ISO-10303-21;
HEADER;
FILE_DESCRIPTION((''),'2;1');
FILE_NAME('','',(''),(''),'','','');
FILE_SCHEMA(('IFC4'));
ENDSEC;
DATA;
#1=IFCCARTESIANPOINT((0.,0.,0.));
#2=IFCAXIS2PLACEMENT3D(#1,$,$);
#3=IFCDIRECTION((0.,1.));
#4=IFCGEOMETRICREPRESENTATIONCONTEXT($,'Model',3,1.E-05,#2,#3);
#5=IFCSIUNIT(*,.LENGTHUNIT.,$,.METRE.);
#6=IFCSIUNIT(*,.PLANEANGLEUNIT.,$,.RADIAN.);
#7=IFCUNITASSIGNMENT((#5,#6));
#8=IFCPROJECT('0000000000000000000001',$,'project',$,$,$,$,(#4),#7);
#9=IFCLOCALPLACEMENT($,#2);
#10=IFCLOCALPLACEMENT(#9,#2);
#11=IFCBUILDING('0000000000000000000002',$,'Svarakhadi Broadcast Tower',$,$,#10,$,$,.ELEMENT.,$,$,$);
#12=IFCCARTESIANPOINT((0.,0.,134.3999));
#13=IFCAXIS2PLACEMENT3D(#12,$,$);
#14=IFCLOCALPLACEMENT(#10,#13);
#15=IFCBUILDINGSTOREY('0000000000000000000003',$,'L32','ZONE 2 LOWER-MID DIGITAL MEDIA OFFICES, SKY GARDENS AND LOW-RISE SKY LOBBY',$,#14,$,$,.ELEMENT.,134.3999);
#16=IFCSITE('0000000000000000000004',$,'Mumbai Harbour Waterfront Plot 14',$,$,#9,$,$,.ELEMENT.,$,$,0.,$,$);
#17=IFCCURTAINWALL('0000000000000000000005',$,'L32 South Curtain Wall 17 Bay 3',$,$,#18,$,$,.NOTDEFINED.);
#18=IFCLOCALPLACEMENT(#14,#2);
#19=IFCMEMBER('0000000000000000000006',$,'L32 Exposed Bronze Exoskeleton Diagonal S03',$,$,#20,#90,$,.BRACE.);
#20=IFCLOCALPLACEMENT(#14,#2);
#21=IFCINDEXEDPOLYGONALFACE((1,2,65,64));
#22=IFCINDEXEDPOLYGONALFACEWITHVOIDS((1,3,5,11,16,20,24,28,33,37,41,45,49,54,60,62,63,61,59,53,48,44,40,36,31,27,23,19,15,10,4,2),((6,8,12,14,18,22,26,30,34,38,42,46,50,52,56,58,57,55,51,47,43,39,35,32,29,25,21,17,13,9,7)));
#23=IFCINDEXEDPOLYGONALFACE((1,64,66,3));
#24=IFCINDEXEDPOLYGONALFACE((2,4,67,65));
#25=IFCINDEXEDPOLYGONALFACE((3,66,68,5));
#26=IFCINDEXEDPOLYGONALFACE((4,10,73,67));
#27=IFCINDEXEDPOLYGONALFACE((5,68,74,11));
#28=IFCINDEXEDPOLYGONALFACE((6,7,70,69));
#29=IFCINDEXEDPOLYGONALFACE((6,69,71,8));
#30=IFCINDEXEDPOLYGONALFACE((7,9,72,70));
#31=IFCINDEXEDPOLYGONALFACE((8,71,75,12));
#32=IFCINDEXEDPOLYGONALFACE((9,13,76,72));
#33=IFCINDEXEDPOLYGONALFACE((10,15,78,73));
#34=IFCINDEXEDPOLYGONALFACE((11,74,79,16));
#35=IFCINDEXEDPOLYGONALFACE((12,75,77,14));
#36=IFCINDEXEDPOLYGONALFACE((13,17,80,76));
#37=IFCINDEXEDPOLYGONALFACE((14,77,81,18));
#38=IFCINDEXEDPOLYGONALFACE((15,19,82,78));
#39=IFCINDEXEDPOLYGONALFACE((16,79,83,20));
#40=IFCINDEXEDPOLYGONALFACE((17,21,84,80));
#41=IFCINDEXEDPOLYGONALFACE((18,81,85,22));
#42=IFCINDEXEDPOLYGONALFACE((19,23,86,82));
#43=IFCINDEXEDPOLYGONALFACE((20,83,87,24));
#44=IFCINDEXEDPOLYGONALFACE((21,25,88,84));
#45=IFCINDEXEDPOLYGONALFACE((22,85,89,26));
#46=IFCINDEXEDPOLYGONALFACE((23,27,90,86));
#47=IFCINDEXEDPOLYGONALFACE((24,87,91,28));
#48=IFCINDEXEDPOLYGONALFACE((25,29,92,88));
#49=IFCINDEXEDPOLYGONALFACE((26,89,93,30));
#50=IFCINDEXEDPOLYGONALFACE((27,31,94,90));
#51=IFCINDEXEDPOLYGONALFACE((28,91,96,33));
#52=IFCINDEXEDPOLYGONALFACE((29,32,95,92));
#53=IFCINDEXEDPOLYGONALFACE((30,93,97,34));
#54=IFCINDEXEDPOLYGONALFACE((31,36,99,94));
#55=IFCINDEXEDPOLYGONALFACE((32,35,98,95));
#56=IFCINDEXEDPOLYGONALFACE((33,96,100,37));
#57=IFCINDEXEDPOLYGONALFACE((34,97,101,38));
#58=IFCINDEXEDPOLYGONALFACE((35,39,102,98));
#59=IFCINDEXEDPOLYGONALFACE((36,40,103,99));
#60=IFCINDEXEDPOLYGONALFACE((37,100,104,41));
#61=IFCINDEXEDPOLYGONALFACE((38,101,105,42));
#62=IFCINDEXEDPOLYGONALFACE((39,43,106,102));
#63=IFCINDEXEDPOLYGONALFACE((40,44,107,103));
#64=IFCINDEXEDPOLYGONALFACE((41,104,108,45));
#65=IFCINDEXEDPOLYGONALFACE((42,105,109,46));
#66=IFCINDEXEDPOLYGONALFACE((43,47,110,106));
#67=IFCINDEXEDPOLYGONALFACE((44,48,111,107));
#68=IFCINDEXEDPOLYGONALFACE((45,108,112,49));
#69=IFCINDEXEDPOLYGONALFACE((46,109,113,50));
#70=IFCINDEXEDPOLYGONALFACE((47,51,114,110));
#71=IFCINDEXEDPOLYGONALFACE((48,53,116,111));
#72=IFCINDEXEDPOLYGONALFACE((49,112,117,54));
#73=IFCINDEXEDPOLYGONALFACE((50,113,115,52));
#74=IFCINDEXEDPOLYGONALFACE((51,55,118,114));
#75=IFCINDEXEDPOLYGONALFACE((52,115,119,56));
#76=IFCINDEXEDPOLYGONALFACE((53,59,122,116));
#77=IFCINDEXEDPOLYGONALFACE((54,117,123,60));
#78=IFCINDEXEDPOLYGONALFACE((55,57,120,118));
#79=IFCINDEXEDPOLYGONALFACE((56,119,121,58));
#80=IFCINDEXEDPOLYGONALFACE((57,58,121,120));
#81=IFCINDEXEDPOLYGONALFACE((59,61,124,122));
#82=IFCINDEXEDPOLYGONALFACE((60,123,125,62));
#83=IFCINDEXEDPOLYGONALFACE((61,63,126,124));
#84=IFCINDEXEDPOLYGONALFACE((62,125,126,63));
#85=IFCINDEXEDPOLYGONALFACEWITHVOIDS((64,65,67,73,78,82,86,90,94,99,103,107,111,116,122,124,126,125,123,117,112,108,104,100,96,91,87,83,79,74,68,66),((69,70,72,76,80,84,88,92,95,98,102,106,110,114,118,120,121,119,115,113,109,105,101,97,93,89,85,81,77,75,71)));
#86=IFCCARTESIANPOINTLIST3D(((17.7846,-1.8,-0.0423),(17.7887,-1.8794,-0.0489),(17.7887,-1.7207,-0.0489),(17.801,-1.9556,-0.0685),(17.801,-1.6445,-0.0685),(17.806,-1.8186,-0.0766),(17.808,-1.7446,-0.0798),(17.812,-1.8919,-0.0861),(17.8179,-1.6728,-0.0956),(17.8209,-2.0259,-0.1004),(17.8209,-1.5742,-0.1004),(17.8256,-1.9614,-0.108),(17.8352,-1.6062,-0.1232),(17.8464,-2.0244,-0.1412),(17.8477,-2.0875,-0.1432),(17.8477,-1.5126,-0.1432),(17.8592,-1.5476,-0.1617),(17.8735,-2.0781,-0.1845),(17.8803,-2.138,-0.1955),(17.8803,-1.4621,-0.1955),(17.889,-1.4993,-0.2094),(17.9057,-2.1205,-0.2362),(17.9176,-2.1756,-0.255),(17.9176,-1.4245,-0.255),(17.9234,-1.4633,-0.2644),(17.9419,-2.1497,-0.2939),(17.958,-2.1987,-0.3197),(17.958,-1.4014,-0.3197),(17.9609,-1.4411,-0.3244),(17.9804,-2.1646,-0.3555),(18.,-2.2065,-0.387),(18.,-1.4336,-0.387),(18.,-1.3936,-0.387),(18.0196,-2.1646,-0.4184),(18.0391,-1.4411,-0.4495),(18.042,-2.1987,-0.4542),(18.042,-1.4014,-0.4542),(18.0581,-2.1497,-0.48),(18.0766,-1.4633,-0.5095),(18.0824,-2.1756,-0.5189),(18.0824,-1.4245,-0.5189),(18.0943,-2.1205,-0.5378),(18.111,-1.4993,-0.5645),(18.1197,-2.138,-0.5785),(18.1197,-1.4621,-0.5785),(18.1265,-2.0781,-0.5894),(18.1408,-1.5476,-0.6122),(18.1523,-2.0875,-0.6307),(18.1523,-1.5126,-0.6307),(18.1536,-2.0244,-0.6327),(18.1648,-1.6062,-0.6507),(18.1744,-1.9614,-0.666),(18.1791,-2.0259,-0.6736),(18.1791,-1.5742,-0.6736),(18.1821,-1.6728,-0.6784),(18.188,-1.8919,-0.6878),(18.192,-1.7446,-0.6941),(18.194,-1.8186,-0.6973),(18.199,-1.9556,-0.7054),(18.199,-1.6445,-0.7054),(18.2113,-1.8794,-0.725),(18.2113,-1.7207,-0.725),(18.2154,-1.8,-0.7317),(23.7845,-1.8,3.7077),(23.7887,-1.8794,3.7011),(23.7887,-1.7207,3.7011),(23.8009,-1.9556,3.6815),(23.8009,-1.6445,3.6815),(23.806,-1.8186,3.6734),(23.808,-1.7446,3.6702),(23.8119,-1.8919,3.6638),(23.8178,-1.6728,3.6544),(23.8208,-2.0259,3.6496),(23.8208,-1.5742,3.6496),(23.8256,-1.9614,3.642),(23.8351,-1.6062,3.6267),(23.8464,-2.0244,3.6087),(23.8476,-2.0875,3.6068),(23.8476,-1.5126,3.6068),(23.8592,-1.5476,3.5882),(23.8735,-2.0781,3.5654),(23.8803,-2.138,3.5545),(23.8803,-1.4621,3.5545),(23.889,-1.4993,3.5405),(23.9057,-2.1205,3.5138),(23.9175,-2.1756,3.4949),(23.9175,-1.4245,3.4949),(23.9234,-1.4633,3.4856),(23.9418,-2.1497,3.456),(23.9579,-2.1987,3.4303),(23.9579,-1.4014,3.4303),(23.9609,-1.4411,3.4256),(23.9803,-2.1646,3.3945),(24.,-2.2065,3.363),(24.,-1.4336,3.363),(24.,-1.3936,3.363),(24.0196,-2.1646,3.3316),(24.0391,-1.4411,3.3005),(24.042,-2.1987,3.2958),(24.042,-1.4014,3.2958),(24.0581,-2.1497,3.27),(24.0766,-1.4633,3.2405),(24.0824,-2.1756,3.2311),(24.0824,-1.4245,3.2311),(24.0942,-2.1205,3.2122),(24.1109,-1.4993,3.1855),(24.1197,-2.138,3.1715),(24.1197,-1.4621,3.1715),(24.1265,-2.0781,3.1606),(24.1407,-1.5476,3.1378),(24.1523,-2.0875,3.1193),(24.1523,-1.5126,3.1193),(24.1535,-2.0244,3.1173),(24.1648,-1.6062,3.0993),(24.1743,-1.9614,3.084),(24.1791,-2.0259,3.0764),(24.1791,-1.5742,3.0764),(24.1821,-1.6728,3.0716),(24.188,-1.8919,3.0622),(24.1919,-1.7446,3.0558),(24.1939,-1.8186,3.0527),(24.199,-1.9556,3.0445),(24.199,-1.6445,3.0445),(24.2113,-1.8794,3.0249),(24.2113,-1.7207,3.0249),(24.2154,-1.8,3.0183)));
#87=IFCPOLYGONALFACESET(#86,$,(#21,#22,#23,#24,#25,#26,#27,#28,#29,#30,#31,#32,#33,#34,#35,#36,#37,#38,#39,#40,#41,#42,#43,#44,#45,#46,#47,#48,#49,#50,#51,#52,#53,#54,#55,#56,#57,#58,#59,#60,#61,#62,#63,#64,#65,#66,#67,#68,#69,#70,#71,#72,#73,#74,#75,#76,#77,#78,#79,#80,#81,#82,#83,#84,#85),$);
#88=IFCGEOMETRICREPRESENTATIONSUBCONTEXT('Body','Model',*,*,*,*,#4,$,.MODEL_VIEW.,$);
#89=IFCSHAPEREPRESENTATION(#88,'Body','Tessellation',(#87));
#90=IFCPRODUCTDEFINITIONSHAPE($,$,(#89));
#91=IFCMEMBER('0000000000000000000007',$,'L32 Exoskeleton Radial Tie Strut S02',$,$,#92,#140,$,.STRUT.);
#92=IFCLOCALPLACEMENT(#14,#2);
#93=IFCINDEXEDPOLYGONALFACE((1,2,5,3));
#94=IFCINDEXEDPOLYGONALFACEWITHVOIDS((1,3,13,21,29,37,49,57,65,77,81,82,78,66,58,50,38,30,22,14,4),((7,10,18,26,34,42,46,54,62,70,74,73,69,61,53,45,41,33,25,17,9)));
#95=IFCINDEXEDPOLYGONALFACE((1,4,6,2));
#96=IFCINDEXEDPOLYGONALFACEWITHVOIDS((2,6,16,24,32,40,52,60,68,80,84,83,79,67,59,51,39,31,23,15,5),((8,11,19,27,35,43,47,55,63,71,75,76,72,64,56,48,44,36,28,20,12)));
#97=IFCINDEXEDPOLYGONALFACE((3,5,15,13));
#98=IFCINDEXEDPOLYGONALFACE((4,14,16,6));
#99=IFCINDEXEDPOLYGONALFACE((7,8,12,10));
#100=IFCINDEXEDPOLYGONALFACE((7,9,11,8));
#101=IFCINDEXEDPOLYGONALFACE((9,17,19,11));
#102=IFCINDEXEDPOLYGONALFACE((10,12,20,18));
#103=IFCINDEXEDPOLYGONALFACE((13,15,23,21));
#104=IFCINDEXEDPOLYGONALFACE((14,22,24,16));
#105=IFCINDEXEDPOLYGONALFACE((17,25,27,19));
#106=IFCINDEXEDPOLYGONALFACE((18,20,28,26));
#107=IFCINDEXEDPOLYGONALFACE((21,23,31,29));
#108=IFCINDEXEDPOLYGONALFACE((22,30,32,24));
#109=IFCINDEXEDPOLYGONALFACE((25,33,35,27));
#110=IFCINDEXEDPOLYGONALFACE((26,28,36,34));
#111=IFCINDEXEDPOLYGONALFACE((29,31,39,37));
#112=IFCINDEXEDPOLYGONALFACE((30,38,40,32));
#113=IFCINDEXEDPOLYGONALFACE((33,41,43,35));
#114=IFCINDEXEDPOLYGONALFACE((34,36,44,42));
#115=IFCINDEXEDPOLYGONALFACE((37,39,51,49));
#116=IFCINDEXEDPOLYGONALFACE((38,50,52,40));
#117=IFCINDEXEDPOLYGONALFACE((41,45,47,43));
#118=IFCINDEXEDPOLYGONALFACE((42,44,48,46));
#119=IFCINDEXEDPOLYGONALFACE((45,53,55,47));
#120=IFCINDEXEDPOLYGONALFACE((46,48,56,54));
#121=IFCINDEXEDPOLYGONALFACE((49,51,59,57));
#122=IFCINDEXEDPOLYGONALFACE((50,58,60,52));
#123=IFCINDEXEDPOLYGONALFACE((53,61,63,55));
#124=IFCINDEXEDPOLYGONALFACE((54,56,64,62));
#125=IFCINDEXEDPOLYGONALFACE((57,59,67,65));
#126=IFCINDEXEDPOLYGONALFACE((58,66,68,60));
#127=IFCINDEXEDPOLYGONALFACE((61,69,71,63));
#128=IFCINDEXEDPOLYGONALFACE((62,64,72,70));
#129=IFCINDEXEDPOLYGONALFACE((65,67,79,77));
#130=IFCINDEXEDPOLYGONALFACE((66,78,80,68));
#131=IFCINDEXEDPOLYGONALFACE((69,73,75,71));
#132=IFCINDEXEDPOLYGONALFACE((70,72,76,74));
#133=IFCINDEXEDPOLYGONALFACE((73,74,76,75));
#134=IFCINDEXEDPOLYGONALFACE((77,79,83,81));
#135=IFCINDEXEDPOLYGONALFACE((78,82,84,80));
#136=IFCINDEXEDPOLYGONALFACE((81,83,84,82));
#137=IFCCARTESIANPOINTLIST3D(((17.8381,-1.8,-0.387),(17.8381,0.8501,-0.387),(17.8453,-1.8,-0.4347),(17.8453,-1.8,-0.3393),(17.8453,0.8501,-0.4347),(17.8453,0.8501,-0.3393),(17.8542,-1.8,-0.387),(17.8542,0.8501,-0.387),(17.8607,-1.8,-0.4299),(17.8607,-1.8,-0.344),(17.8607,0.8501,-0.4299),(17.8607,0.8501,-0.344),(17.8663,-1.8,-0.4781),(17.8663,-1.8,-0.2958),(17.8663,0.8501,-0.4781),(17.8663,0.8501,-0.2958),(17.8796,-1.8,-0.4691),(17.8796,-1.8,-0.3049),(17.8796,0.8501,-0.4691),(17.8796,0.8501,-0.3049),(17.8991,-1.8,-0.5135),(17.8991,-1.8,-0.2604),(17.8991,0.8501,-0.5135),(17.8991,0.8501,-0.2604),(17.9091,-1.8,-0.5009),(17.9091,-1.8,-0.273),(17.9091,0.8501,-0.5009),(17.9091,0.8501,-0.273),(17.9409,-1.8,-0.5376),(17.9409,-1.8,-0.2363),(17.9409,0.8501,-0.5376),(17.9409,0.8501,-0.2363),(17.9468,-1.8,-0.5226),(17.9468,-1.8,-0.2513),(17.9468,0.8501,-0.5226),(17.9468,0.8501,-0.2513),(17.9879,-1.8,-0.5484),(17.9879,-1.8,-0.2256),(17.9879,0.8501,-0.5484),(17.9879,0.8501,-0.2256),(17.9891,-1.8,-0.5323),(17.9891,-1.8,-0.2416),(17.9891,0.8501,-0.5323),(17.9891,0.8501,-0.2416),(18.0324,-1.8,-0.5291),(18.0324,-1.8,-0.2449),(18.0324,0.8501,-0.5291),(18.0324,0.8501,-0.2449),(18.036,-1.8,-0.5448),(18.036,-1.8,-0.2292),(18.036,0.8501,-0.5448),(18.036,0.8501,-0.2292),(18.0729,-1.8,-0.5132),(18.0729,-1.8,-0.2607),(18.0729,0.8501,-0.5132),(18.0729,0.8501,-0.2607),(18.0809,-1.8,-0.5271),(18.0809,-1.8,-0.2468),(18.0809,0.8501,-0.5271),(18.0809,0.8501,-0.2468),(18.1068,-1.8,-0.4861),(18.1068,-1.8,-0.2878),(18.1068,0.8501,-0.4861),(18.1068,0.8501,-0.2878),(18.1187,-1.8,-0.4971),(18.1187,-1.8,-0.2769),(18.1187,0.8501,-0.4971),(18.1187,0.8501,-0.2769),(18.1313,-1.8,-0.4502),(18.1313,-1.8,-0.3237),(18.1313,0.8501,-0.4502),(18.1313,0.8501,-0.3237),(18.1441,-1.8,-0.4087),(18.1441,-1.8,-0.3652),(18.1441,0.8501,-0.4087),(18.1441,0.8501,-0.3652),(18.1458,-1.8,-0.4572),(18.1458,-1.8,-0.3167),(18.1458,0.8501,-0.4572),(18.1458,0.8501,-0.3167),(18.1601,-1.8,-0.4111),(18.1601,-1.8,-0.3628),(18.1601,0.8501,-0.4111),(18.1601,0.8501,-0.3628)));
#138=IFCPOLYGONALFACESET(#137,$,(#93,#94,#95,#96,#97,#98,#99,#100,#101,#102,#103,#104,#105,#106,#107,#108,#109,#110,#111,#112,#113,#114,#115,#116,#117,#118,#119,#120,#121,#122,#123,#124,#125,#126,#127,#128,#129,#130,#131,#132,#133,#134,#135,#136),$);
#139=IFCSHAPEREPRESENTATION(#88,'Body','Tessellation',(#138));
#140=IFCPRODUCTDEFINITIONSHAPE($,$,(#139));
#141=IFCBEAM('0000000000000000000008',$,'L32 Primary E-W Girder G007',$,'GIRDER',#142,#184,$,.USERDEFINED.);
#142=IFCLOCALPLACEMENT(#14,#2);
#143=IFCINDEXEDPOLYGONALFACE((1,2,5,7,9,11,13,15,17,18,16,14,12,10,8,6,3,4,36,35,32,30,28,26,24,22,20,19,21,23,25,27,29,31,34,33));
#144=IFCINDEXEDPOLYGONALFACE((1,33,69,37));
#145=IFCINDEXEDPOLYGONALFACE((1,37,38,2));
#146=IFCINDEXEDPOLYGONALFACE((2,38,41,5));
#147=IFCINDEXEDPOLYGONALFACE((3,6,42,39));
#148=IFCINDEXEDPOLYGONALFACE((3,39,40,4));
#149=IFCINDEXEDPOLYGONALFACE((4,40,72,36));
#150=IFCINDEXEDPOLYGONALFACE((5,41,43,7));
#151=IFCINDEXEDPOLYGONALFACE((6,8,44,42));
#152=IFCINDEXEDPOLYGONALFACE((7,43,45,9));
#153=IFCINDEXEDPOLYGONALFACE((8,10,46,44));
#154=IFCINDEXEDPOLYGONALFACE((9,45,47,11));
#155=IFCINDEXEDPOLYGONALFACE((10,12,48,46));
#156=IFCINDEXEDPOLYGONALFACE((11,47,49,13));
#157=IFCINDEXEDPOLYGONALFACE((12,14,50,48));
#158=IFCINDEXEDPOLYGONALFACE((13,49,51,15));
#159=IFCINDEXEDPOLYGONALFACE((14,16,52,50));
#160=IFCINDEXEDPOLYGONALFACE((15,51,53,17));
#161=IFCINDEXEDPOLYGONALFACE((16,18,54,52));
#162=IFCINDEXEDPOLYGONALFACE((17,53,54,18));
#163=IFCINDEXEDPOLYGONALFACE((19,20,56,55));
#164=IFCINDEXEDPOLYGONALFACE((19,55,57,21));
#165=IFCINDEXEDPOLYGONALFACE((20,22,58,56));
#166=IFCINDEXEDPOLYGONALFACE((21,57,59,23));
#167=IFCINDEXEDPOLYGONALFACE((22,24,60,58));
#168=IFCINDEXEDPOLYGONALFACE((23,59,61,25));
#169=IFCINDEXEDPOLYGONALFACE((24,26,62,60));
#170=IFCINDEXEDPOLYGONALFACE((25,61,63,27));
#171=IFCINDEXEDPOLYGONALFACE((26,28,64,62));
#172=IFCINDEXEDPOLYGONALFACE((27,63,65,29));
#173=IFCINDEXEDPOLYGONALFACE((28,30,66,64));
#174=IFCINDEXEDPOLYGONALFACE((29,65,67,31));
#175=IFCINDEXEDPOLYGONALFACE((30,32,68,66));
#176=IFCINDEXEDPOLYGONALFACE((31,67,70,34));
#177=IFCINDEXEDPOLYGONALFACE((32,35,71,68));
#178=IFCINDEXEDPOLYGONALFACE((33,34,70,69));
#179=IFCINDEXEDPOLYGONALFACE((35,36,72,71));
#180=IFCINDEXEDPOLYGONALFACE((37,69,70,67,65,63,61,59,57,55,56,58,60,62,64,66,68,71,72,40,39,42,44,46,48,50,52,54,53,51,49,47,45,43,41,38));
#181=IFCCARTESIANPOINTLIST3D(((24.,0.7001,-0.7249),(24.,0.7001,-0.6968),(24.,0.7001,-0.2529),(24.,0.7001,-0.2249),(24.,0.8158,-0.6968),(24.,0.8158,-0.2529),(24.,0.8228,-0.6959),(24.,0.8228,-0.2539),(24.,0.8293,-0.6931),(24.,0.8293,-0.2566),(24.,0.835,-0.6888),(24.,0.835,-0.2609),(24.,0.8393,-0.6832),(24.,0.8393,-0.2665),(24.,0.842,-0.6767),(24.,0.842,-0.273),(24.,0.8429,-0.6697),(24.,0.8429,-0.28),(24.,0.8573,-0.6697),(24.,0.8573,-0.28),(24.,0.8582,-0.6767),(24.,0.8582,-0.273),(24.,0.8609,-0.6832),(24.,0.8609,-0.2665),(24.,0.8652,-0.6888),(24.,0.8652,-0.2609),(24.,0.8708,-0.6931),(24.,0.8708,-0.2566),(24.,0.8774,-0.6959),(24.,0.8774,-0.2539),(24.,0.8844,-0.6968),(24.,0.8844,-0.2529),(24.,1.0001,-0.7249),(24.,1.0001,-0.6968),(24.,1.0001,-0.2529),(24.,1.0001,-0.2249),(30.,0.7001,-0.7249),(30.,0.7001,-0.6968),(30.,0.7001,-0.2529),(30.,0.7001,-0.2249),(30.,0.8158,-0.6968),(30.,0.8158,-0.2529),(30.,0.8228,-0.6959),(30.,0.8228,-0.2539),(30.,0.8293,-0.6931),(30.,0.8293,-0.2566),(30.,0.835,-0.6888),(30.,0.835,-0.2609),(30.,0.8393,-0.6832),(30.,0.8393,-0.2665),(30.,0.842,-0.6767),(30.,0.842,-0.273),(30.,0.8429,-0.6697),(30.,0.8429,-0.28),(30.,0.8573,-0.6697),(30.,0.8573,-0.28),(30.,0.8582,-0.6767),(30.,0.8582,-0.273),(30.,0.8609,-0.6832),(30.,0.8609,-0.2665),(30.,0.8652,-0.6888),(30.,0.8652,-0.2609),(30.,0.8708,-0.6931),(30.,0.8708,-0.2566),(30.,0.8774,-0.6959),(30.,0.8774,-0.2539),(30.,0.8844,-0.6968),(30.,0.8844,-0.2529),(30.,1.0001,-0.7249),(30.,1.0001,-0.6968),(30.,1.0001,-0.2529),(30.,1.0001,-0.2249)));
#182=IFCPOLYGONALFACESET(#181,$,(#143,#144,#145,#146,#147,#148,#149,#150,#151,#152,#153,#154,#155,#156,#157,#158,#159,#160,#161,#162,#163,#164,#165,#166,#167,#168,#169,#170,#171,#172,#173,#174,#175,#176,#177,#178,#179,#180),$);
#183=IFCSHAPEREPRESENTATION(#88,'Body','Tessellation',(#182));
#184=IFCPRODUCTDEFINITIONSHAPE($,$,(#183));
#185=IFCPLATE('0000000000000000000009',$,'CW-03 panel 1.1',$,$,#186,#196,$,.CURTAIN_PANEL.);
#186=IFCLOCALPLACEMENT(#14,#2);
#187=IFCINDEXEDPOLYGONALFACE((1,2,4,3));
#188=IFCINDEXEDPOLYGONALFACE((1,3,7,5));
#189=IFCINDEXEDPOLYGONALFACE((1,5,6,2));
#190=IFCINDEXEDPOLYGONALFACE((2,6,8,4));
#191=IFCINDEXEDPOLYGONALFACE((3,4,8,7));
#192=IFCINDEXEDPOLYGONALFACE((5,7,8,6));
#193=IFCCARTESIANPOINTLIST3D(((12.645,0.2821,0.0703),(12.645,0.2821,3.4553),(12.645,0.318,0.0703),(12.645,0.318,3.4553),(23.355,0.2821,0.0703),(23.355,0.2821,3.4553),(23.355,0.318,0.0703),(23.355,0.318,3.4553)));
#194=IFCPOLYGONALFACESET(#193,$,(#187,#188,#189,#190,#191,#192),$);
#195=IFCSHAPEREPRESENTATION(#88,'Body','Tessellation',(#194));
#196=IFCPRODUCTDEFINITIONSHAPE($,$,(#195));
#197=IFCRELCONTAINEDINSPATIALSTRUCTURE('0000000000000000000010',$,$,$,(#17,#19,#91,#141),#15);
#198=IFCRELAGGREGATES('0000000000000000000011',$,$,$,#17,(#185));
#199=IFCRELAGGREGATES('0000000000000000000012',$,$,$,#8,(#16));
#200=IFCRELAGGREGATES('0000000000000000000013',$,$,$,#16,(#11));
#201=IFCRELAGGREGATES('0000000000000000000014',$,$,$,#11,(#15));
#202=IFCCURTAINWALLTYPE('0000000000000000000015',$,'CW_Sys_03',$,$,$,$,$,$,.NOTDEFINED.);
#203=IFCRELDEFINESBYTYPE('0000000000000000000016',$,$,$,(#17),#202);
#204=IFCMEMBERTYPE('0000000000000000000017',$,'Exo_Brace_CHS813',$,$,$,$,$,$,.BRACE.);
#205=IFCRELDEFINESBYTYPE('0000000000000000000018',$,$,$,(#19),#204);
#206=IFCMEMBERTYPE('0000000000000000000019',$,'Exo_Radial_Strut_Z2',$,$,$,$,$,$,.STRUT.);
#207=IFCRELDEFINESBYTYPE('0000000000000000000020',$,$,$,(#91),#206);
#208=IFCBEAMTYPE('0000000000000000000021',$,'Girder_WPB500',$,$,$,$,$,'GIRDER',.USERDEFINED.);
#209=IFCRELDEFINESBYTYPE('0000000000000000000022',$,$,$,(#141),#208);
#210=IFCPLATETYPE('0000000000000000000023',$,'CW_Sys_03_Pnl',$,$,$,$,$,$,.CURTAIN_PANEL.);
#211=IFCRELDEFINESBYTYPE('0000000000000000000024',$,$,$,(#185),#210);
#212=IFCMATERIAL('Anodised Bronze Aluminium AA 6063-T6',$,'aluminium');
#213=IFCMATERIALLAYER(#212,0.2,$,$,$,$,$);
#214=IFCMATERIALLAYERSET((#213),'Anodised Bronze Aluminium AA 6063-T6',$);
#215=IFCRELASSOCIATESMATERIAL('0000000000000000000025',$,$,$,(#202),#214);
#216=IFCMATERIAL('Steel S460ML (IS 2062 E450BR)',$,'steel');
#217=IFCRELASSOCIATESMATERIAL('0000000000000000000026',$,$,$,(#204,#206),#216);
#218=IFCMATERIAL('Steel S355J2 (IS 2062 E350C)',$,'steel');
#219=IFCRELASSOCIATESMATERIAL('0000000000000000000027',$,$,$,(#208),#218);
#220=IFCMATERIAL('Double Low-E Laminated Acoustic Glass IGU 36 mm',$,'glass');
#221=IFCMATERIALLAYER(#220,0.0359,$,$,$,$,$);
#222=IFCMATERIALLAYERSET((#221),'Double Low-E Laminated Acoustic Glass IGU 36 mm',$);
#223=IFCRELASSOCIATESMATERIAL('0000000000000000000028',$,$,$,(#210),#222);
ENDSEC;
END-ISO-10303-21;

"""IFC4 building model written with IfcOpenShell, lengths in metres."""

from ifc_helpers import new_model, si_unit, direction, frame, origin, origin_2d, place, context, subcontext, project, spatial, rectangle, hollow_circle, i_section, extrude, material, layer, layer_set, material_profile, profile_set, type_object, element, aggregate, save


model = new_model("IFC4")

# Units and contexts
model_context = context("Model", 3, precision=1e-05, world=origin(), true_north=direction((0.0, 1.0)))
body_context = subcontext(model_context, "Body", "Model", "MODEL_VIEW")
ifc_project = project(units=[si_unit("LENGTHUNIT", "METRE"), si_unit("PLANEANGLEUNIT", "RADIAN")], contexts=[model_context])

# Site, building, storey
site_placement = place(None, origin())
site = spatial("IfcSite", under=ifc_project, at=site_placement, Name="Mumbai Harbour Waterfront Plot 14", CompositionType="ELEMENT", RefElevation=0.0)
building_placement = place(site_placement, origin())
building = spatial("IfcBuilding", under=site, at=building_placement, Name="Svarakhadi Broadcast Tower", CompositionType="ELEMENT")
storey_placement = place(building_placement, frame((0.0, 0.0, 134.3999)))
storey = spatial("IfcBuildingStorey", under=building, at=storey_placement, Name="L32", Description="ZONE 2 LOWER-MID DIGITAL MEDIA OFFICES, SKY GARDENS AND LOW-RISE SKY LOBBY", CompositionType="ELEMENT", Elevation=134.3999)

# Shared definitions
ifc_material_1 = material(Name="Anodised Bronze Aluminium AA 6063-T6", Category="aluminium")
ifc_layer_1 = layer(ifc_material_1, 0.2)
ifc_layer_set_1 = layer_set([ifc_layer_1], Name="Anodised Bronze Aluminium AA 6063-T6")
curtain_wall_type = type_object("IfcCurtainWallType", Name="CW_Sys_03", PredefinedType="NOTDEFINED", material=ifc_layer_set_1)

# Curtain wall
curtain_wall_1_placement = place(storey_placement, origin())
curtain_wall_1 = element("IfcCurtainWall", 1, at=curtain_wall_1_placement, inside=storey, type_object=curtain_wall_type, Name="L32 South Curtain Wall 17 Bay 3", PredefinedType="NOTDEFINED")

# Members
ifc_material_2 = material(Name="Steel S460ML (IS 2062 E450BR)", Category="steel")
ifc_material_profile_1 = material_profile(ifc_material_2, hollow_circle(Radius=0.4065, WallThickness=0.04, at=origin_2d()), Name="CHS 813x40")
ifc_profile_set_1 = profile_set([ifc_material_profile_1], Name="Steel S460ML (IS 2062 E450BR)")
member_type_1 = type_object("IfcMemberType", Name="Exo_Brace_CHS813", PredefinedType="BRACE", material=ifc_profile_set_1)
for number, where, z_axis, x_axis, name in (
    (2, (18.0, -1.8, -0.387), (0.847998, 0.0, 0.529999), (0.0, 1.0, 0.0), "L32 Exposed Bronze Exoskeleton Diagonal S03"),
):
    element("IfcMember", number, at=place(storey_placement, frame(where, z_axis=z_axis, x_axis=x_axis)), inside=storey, type_object=member_type_1, Name=name, PredefinedType="BRACE", context=body_context, shape_type="SweptSolid", body=[
        extrude(hollow_circle(Radius=0.4065, WallThickness=0.04, at=origin_2d()), origin(), (0.0, 0.0, 1.0), 7.0754),
    ])
ifc_material_profile_2 = material_profile(ifc_material_2, hollow_circle(Radius=0.1619, WallThickness=0.0161, at=origin_2d()), Name="CHS 323.9x16")
ifc_profile_set_2 = profile_set([ifc_material_profile_2], Name="Steel S460ML (IS 2062 E450BR)")
member_type_2 = type_object("IfcMemberType", Name="Exo_Radial_Strut_Z2", PredefinedType="STRUT", material=ifc_profile_set_2)
member_1_placement = place(storey_placement, frame((18.0, -1.8, -0.387), z_axis=(0.0, 1.0, 0.0), x_axis=(-1.0, 0.0, 0.0)))
element("IfcMember", 3, at=member_1_placement, inside=storey, type_object=member_type_2, Name="L32 Exoskeleton Radial Tie Strut S02", PredefinedType="STRUT", context=body_context, shape_type="SweptSolid", body=[
    extrude(hollow_circle(Radius=0.1619, WallThickness=0.0161, at=origin_2d()), origin(), (0.0, 0.0, 1.0), 2.6501),
])

# Beam
ifc_material_3 = material(Name="Steel S355J2 (IS 2062 E350C)", Category="steel")
ifc_material_profile_3 = material_profile(ifc_material_3, i_section(OverallWidth=0.3, OverallDepth=0.5, WebThickness=0.0144, FlangeThickness=0.0281, FilletRadius=0.0271, at=origin_2d()), Name="WPB 500x300x187")
ifc_profile_set_3 = profile_set([ifc_material_profile_3], Name="Steel S355J2 (IS 2062 E350C)")
beam_type = type_object("IfcBeamType", Name="Girder_WPB500", ElementType="GIRDER", PredefinedType="USERDEFINED", material=ifc_profile_set_3)
beam_placement = place(storey_placement, frame((24.0, 0.8501, -0.4749), z_axis=(1.0, 0.0, 0.0), x_axis=(0.0, 1.0, 0.0)))
element("IfcBeam", 4, at=beam_placement, inside=storey, type_object=beam_type, Name="L32 Primary E-W Girder G007", ObjectType="GIRDER", PredefinedType="USERDEFINED", context=body_context, shape_type="SweptSolid", body=[
    extrude(i_section(OverallWidth=0.3, OverallDepth=0.5, WebThickness=0.0144, FlangeThickness=0.0281, FilletRadius=0.0271, at=origin_2d()), origin(), (0.0, 0.0, 1.0), 6.0),
])

# Plate
ifc_material_4 = material(Name="Double Low-E Laminated Acoustic Glass IGU 36 mm", Category="glass")
ifc_layer_2 = layer(ifc_material_4, 0.0359)
ifc_layer_set_2 = layer_set([ifc_layer_2], Name="Double Low-E Laminated Acoustic Glass IGU 36 mm")
plate_type_1 = type_object("IfcPlateType", Name="CW_Sys_03_Pnl", PredefinedType="CURTAIN_PANEL", material=ifc_layer_set_2)
plate_1_placement = place(storey_placement, frame((18.0, 0.3, 0.0703), z_axis=(0.0, 0.0, 1.0), x_axis=(-1.0, 0.0, 0.0)))
plate_1 = element("IfcPlate", 5, at=plate_1_placement, type_object=plate_type_1, Name="CW-03 panel 1.1", PredefinedType="CURTAIN_PANEL", context=body_context, shape_type="SweptSolid", body=[
    extrude(rectangle(XDim=10.71, YDim=0.0359, at=origin_2d()), origin(), (0.0, 0.0, 1.0), 3.385),
])
aggregate(curtain_wall_1, [plate_1])

save(model, "model.ifc")
